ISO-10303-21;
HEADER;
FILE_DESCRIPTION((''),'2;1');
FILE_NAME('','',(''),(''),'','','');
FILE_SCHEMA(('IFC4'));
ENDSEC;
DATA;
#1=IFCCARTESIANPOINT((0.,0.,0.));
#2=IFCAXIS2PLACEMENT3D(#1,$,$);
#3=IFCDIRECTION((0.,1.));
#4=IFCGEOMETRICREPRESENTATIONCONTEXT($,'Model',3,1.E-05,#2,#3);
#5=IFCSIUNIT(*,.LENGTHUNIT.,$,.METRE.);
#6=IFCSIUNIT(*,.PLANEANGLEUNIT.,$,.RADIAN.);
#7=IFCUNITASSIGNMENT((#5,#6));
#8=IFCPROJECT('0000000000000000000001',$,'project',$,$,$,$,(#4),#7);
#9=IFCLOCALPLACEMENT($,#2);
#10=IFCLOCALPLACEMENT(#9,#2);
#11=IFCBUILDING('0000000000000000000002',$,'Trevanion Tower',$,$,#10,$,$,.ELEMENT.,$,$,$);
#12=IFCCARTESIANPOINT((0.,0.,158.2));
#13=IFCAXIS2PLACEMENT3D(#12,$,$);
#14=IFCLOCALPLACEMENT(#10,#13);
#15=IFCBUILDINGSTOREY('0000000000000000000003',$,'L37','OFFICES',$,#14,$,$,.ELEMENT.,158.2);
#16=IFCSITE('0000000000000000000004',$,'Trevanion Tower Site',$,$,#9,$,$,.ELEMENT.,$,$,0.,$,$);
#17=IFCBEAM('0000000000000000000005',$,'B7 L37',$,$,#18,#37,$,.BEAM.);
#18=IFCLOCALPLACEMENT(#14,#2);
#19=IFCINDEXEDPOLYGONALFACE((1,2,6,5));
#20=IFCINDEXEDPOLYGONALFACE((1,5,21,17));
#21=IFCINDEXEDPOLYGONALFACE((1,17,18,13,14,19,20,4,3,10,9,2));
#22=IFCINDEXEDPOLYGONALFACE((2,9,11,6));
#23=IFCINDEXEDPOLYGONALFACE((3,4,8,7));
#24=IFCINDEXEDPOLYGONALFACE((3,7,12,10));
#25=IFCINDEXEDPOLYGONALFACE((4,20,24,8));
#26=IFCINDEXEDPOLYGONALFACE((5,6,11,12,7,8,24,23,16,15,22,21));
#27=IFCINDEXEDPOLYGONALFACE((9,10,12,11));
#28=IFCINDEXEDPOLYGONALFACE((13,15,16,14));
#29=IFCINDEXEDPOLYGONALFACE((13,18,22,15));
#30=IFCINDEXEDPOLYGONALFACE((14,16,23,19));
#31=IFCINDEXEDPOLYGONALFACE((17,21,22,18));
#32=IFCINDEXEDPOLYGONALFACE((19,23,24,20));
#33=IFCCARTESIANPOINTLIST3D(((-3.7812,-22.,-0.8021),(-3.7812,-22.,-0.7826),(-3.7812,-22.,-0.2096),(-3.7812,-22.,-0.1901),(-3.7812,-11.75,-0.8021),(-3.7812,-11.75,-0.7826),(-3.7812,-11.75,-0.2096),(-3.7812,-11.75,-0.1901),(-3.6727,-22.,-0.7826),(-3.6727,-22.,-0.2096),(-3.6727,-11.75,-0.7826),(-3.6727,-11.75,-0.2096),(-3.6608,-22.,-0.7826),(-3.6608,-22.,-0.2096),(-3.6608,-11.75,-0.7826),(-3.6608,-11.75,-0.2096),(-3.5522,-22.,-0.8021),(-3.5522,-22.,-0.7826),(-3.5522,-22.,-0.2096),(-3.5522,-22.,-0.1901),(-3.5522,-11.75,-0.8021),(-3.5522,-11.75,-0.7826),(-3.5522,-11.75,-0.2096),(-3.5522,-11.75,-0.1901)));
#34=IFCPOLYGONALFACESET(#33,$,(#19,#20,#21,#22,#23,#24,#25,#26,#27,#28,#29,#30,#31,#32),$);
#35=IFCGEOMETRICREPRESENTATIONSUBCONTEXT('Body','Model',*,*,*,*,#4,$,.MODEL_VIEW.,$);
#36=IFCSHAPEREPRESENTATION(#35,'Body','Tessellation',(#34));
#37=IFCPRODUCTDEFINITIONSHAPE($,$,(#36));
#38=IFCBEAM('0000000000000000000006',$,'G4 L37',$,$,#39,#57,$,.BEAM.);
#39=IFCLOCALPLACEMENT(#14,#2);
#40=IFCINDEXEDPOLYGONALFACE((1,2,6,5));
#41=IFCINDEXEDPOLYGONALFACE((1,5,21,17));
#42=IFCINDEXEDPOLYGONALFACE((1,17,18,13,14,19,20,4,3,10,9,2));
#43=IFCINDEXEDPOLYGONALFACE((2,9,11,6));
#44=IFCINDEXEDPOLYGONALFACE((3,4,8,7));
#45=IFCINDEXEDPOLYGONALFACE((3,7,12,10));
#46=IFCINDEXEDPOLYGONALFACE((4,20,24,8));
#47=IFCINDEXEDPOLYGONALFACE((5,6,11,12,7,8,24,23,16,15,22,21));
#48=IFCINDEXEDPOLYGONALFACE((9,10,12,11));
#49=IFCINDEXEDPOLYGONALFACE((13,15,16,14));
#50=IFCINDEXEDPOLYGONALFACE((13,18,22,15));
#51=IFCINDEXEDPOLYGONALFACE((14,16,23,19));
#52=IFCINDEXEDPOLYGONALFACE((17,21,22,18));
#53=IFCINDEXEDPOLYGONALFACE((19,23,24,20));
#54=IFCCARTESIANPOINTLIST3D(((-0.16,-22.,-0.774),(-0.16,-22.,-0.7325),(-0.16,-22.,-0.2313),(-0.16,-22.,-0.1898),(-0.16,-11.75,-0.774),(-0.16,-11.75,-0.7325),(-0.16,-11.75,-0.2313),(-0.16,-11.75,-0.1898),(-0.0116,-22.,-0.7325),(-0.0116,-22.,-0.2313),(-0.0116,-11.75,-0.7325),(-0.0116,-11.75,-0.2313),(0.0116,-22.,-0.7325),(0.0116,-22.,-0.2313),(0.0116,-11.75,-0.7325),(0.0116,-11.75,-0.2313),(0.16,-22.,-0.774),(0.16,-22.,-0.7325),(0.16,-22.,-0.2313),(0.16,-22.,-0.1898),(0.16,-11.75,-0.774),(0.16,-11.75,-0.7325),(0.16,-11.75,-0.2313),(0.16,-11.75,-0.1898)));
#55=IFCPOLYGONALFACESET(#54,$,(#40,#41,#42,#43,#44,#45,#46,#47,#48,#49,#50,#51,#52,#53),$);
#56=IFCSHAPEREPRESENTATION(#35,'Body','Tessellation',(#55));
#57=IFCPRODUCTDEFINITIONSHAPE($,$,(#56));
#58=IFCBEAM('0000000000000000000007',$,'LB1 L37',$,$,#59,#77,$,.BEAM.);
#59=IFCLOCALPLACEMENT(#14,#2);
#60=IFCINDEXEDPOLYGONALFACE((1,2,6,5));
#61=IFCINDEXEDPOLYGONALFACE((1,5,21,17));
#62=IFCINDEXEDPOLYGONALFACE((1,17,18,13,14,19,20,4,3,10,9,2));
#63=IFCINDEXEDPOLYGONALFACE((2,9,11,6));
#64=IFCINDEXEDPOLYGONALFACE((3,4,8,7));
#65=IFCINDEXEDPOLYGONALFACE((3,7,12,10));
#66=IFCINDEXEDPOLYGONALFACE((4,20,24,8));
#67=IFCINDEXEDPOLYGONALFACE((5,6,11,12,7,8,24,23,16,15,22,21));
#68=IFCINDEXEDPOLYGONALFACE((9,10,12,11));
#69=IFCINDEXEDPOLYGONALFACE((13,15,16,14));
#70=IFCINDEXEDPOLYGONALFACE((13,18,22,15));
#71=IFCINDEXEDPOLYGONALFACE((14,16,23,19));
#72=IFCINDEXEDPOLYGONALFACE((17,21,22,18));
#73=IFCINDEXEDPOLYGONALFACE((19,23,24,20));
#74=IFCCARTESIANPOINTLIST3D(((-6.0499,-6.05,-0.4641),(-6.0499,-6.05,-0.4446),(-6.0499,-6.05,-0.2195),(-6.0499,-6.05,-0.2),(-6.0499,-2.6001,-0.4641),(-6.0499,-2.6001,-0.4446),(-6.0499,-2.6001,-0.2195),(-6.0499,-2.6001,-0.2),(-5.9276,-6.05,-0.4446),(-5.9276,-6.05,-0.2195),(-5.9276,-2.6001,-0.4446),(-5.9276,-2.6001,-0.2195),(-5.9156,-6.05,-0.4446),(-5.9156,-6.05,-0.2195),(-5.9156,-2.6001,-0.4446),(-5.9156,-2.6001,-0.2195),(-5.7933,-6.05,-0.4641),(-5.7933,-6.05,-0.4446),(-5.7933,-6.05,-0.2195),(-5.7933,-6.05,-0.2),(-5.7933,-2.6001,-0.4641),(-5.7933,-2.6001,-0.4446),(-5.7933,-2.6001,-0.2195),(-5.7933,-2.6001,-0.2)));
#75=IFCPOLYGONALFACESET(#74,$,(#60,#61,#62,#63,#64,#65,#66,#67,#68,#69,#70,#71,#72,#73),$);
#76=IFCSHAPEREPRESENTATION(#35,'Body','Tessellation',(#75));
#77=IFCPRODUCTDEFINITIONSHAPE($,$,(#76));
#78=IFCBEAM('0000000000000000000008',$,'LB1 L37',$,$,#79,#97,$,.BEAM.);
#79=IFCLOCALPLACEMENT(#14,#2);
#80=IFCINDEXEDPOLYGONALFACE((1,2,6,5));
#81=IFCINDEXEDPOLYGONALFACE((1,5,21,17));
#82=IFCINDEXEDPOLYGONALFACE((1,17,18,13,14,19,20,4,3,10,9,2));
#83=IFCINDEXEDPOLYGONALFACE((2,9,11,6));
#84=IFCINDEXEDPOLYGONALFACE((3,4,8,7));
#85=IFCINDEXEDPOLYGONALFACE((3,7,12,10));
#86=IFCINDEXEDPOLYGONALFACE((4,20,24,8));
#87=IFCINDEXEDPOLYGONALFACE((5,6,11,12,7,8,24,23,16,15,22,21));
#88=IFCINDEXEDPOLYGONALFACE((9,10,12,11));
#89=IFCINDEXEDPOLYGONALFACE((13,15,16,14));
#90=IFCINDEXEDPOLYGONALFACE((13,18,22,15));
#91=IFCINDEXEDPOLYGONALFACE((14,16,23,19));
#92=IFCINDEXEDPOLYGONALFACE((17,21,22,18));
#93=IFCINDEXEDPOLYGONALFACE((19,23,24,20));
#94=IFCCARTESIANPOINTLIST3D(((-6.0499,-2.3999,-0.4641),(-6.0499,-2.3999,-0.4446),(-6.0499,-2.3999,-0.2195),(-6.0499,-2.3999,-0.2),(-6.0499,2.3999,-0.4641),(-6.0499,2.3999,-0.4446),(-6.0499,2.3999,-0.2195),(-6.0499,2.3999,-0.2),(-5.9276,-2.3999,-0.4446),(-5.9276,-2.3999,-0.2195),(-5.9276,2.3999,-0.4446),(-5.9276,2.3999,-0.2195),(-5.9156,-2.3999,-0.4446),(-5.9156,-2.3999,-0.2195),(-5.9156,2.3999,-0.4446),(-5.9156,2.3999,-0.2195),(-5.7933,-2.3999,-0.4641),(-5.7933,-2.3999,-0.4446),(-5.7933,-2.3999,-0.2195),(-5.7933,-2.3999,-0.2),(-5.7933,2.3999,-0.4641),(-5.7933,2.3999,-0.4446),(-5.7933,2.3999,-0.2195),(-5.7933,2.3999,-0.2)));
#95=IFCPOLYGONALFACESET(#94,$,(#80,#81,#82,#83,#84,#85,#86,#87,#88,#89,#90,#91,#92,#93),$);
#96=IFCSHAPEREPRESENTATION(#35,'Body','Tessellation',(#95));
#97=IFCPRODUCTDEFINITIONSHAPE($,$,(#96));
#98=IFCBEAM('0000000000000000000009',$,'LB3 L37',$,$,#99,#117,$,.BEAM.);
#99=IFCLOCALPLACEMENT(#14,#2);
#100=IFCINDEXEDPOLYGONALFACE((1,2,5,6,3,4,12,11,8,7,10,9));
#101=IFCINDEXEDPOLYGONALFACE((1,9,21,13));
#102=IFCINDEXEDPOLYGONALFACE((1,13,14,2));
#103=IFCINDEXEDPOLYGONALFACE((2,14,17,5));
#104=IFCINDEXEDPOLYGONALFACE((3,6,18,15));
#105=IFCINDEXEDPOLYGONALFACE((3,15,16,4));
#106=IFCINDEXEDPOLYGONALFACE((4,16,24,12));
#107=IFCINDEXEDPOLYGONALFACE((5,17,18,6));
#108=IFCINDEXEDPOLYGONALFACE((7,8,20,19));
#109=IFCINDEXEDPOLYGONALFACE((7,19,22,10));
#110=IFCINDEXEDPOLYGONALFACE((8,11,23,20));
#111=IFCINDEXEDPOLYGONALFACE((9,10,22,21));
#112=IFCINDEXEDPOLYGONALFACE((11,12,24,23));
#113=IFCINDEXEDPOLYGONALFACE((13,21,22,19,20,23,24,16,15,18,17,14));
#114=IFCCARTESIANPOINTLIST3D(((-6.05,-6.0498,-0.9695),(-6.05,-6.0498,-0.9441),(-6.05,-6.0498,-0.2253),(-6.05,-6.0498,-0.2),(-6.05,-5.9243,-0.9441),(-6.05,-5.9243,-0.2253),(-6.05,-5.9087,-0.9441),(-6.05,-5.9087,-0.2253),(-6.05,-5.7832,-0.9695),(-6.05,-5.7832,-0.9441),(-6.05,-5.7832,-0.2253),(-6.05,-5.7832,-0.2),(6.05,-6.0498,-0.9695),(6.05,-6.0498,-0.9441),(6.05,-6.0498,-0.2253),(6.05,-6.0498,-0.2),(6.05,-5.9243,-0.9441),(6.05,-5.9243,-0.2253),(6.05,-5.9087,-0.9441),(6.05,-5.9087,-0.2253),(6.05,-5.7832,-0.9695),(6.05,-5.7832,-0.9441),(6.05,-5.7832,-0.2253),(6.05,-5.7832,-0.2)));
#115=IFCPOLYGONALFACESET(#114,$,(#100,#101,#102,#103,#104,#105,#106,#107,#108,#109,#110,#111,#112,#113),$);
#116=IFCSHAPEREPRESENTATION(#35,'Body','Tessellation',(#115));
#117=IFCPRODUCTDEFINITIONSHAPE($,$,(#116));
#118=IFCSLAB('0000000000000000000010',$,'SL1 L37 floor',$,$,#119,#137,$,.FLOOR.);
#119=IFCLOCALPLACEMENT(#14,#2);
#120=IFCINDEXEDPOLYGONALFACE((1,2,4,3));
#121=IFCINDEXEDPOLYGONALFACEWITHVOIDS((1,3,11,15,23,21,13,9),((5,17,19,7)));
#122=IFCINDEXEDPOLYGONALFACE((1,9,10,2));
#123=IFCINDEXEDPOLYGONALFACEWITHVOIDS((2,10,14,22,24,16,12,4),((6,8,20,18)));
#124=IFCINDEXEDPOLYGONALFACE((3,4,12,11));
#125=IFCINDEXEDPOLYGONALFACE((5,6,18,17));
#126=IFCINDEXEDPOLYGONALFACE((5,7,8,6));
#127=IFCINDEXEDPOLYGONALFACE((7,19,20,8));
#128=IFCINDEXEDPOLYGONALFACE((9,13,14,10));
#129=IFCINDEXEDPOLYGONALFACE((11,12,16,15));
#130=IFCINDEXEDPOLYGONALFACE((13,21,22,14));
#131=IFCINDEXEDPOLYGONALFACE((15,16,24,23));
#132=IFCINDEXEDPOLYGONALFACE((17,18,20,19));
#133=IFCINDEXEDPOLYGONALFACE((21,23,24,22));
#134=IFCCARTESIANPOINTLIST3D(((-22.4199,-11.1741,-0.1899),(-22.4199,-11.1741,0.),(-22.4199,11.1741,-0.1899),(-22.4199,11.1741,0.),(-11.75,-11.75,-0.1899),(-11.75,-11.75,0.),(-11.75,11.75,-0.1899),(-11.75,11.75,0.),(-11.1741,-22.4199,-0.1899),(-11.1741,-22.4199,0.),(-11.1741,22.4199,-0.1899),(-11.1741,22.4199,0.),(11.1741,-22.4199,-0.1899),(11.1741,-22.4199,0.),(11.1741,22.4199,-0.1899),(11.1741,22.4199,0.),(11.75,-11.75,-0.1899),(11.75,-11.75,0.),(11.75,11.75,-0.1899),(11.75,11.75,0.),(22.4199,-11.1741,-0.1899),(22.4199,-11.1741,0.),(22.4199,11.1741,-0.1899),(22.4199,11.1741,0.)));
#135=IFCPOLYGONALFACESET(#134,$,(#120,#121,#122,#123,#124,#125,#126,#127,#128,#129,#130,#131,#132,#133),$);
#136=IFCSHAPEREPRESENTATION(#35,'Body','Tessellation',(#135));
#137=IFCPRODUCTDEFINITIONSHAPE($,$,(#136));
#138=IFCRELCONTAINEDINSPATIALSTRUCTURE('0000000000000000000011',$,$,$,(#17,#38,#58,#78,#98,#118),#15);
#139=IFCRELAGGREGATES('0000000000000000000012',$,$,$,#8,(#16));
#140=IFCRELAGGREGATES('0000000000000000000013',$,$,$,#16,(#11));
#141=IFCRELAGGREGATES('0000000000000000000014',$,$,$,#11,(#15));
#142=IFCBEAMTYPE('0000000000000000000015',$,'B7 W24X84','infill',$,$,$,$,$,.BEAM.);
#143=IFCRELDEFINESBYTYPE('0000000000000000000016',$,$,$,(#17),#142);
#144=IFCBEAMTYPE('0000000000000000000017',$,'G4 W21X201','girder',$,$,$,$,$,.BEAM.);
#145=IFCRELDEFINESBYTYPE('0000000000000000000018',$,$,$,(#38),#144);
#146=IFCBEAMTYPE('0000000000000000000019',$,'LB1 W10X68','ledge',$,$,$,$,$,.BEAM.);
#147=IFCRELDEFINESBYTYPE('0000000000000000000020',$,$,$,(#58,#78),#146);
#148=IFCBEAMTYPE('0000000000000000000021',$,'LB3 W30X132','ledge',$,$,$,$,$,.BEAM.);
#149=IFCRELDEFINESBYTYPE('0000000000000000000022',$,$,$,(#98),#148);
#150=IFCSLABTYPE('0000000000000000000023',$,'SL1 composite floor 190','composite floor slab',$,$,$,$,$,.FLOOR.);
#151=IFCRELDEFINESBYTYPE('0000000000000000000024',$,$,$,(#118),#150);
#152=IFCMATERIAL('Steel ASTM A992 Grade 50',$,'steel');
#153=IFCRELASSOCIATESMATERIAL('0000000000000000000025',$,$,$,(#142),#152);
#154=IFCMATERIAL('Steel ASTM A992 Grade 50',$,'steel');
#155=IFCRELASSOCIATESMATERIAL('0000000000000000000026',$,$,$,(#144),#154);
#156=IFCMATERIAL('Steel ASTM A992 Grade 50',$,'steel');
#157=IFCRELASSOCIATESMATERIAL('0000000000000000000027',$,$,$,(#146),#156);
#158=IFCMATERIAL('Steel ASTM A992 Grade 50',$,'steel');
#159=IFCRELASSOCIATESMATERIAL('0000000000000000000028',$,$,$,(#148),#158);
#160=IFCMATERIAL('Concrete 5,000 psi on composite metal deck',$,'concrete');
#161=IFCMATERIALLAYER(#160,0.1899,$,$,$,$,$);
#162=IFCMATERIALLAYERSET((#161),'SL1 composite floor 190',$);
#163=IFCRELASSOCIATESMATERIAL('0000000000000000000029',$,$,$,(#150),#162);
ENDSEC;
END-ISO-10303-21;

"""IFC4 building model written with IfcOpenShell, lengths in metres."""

from ifc_helpers import new_model, si_unit, direction, frame, origin, origin_2d, place, context, subcontext, project, spatial, polyline, i_section, outline, extrude, material, layer, layer_set, material_profile, profile_set, type_object, element, save


model = new_model("IFC4")

# Units and contexts
model_context = context("Model", 3, precision=1e-05, world=origin(), true_north=direction((0.0, 1.0)))
body_context = subcontext(model_context, "Body", "Model", "MODEL_VIEW")
ifc_project = project(units=[si_unit("LENGTHUNIT", "METRE"), si_unit("PLANEANGLEUNIT", "RADIAN")], contexts=[model_context])

# Site, building, storey
site_placement = place(None, origin())
site = spatial("IfcSite", under=ifc_project, at=site_placement, Name="Trevanion Tower Site", CompositionType="ELEMENT", RefElevation=0.0)
building_placement = place(site_placement, origin())
building = spatial("IfcBuilding", under=site, at=building_placement, Name="Trevanion Tower", CompositionType="ELEMENT")
storey_placement = place(building_placement, frame((0.0, 0.0, 158.2)))
storey = spatial("IfcBuildingStorey", under=building, at=storey_placement, Name="L37", Description="OFFICES", CompositionType="ELEMENT", Elevation=158.2)

# Beams
ifc_material_1 = material(Name="Steel ASTM A992 Grade 50", Category="steel")
ifc_material_profile_1 = material_profile(ifc_material_1, i_section(OverallWidth=0.229, OverallDepth=0.6121, WebThickness=0.012, FlangeThickness=0.0195, at=origin_2d()), Name="W24X84")
ifc_profile_set_1 = profile_set([ifc_material_profile_1], Name="Steel ASTM A992 Grade 50")
beam_type_1 = type_object("IfcBeamType", Name="B7 W24X84", Description="infill", PredefinedType="BEAM", material=ifc_profile_set_1)
beam_1_placement = place(storey_placement, frame((-3.6667, -11.75, -0.4961), z_axis=(0.0, -1.0, 0.0), x_axis=(1.0, 0.0, 0.0)))
element("IfcBeam", 1, at=beam_1_placement, inside=storey, type_object=beam_type_1, Name="B7 L37", PredefinedType="BEAM", context=body_context, shape_type="SweptSolid", body=[
    extrude(i_section(OverallWidth=0.229, OverallDepth=0.6121, WebThickness=0.012, FlangeThickness=0.0195, at=origin_2d()), origin(), (0.0, 0.0, 1.0), 10.25),
])
ifc_material_2 = material(Name="Steel ASTM A992 Grade 50", Category="steel")
ifc_material_profile_2 = material_profile(ifc_material_2, i_section(OverallWidth=0.3201, OverallDepth=0.5842, WebThickness=0.0232, FlangeThickness=0.0415, at=origin_2d()), Name="W21X201")
ifc_profile_set_2 = profile_set([ifc_material_profile_2], Name="Steel ASTM A992 Grade 50")
beam_type_2 = type_object("IfcBeamType", Name="G4 W21X201", Description="girder", PredefinedType="BEAM", material=ifc_profile_set_2)
beam_2_placement = place(storey_placement, frame((0.0, -11.75, -0.4819), z_axis=(0.0, -1.0, 0.0), x_axis=(1.0, 0.0, 0.0)))
element("IfcBeam", 2, at=beam_2_placement, inside=storey, type_object=beam_type_2, Name="G4 L37", PredefinedType="BEAM", context=body_context, shape_type="SweptSolid", body=[
    extrude(i_section(OverallWidth=0.3201, OverallDepth=0.5842, WebThickness=0.0232, FlangeThickness=0.0415, at=origin_2d()), origin(), (0.0, 0.0, 1.0), 10.25),
])
ifc_material_3 = material(Name="Steel ASTM A992 Grade 50", Category="steel")
ifc_material_profile_3 = material_profile(ifc_material_3, i_section(OverallWidth=0.2566, OverallDepth=0.2642, WebThickness=0.012, FlangeThickness=0.0195, at=origin_2d()), Name="W10X68")
ifc_profile_set_3 = profile_set([ifc_material_profile_3], Name="Steel ASTM A992 Grade 50")
beam_type_3 = type_object("IfcBeamType", Name="LB1 W10X68", Description="ledge", PredefinedType="BEAM", material=ifc_profile_set_3)
beam_3_placement = place(storey_placement, frame((-5.9216, -6.05, -0.332), z_axis=(0.0, 1.0, 0.0), x_axis=(-1.0, 0.0, 0.0)))
element("IfcBeam", 3, at=beam_3_placement, inside=storey, type_object=beam_type_3, Name="LB1 L37", PredefinedType="BEAM", context=body_context, shape_type="SweptSolid", body=[
    extrude(i_section(OverallWidth=0.2566, OverallDepth=0.2642, WebThickness=0.012, FlangeThickness=0.0195, at=origin_2d()), origin(), (0.0, 0.0, 1.0), 3.45),
])
beam_4_placement = place(storey_placement, frame((-5.9216, -2.3999, -0.332), z_axis=(0.0, 1.0, 0.0), x_axis=(-1.0, 0.0, 0.0)))
element("IfcBeam", 4, at=beam_4_placement, inside=storey, type_object=beam_type_3, Name="LB1 L37", PredefinedType="BEAM", context=body_context, shape_type="SweptSolid", body=[
    extrude(i_section(OverallWidth=0.2566, OverallDepth=0.2642, WebThickness=0.012, FlangeThickness=0.0195, at=origin_2d()), origin(), (0.0, 0.0, 1.0), 4.7998),
])
ifc_material_4 = material(Name="Steel ASTM A992 Grade 50", Category="steel")
ifc_material_profile_4 = material_profile(ifc_material_4, i_section(OverallWidth=0.2666, OverallDepth=0.7695, WebThickness=0.0156, FlangeThickness=0.0254, at=origin_2d()), Name="W30X132")
ifc_profile_set_4 = profile_set([ifc_material_profile_4], Name="Steel ASTM A992 Grade 50")
beam_type_4 = type_object("IfcBeamType", Name="LB3 W30X132", Description="ledge", PredefinedType="BEAM", material=ifc_profile_set_4)
beam_5_placement = place(storey_placement, frame((-6.05, -5.9165, -0.5847), z_axis=(1.0, 0.0, 0.0), x_axis=(0.0, 1.0, 0.0)))
element("IfcBeam", 5, at=beam_5_placement, inside=storey, type_object=beam_type_4, Name="LB3 L37", PredefinedType="BEAM", context=body_context, shape_type="SweptSolid", body=[
    extrude(i_section(OverallWidth=0.2666, OverallDepth=0.7695, WebThickness=0.0156, FlangeThickness=0.0254, at=origin_2d()), origin(), (0.0, 0.0, 1.0), 12.1001),
])

# Slab
ifc_material_5 = material(Name="Concrete 5,000 psi on composite metal deck", Category="concrete")
ifc_layer_1 = layer(ifc_material_5, 0.1899)
ifc_layer_set_1 = layer_set([ifc_layer_1], Name="SL1 composite floor 190")
slab_type = type_object("IfcSlabType", Name="SL1 composite floor 190", Description="composite floor slab", PredefinedType="FLOOR", material=ifc_layer_set_1)
slab_placement = place(storey_placement, frame((0.0, 0.0, -0.1899)))
element("IfcSlab", 6, at=slab_placement, inside=storey, type_object=slab_type, Name="SL1 L37 floor", PredefinedType="FLOOR", context=body_context, shape_type="SweptSolid", body=[
    extrude(outline(polyline([(22.4199, -11.1741), (22.4199, 11.1741), (11.1741, 22.4199), (-11.1741, 22.4199), (-22.4199, 11.1741), (-22.4199, -11.1741), (-11.1741, -22.4199), (11.1741, -22.4199), (22.4199, -11.1741)]), holes=[polyline([(11.75, -11.75), (11.75, 11.75), (-11.75, 11.75), (-11.75, -11.75), (11.75, -11.75)])]), origin(), (0.0, 0.0, 1.0), 0.1899),
])

save(model, "model.ifc")
